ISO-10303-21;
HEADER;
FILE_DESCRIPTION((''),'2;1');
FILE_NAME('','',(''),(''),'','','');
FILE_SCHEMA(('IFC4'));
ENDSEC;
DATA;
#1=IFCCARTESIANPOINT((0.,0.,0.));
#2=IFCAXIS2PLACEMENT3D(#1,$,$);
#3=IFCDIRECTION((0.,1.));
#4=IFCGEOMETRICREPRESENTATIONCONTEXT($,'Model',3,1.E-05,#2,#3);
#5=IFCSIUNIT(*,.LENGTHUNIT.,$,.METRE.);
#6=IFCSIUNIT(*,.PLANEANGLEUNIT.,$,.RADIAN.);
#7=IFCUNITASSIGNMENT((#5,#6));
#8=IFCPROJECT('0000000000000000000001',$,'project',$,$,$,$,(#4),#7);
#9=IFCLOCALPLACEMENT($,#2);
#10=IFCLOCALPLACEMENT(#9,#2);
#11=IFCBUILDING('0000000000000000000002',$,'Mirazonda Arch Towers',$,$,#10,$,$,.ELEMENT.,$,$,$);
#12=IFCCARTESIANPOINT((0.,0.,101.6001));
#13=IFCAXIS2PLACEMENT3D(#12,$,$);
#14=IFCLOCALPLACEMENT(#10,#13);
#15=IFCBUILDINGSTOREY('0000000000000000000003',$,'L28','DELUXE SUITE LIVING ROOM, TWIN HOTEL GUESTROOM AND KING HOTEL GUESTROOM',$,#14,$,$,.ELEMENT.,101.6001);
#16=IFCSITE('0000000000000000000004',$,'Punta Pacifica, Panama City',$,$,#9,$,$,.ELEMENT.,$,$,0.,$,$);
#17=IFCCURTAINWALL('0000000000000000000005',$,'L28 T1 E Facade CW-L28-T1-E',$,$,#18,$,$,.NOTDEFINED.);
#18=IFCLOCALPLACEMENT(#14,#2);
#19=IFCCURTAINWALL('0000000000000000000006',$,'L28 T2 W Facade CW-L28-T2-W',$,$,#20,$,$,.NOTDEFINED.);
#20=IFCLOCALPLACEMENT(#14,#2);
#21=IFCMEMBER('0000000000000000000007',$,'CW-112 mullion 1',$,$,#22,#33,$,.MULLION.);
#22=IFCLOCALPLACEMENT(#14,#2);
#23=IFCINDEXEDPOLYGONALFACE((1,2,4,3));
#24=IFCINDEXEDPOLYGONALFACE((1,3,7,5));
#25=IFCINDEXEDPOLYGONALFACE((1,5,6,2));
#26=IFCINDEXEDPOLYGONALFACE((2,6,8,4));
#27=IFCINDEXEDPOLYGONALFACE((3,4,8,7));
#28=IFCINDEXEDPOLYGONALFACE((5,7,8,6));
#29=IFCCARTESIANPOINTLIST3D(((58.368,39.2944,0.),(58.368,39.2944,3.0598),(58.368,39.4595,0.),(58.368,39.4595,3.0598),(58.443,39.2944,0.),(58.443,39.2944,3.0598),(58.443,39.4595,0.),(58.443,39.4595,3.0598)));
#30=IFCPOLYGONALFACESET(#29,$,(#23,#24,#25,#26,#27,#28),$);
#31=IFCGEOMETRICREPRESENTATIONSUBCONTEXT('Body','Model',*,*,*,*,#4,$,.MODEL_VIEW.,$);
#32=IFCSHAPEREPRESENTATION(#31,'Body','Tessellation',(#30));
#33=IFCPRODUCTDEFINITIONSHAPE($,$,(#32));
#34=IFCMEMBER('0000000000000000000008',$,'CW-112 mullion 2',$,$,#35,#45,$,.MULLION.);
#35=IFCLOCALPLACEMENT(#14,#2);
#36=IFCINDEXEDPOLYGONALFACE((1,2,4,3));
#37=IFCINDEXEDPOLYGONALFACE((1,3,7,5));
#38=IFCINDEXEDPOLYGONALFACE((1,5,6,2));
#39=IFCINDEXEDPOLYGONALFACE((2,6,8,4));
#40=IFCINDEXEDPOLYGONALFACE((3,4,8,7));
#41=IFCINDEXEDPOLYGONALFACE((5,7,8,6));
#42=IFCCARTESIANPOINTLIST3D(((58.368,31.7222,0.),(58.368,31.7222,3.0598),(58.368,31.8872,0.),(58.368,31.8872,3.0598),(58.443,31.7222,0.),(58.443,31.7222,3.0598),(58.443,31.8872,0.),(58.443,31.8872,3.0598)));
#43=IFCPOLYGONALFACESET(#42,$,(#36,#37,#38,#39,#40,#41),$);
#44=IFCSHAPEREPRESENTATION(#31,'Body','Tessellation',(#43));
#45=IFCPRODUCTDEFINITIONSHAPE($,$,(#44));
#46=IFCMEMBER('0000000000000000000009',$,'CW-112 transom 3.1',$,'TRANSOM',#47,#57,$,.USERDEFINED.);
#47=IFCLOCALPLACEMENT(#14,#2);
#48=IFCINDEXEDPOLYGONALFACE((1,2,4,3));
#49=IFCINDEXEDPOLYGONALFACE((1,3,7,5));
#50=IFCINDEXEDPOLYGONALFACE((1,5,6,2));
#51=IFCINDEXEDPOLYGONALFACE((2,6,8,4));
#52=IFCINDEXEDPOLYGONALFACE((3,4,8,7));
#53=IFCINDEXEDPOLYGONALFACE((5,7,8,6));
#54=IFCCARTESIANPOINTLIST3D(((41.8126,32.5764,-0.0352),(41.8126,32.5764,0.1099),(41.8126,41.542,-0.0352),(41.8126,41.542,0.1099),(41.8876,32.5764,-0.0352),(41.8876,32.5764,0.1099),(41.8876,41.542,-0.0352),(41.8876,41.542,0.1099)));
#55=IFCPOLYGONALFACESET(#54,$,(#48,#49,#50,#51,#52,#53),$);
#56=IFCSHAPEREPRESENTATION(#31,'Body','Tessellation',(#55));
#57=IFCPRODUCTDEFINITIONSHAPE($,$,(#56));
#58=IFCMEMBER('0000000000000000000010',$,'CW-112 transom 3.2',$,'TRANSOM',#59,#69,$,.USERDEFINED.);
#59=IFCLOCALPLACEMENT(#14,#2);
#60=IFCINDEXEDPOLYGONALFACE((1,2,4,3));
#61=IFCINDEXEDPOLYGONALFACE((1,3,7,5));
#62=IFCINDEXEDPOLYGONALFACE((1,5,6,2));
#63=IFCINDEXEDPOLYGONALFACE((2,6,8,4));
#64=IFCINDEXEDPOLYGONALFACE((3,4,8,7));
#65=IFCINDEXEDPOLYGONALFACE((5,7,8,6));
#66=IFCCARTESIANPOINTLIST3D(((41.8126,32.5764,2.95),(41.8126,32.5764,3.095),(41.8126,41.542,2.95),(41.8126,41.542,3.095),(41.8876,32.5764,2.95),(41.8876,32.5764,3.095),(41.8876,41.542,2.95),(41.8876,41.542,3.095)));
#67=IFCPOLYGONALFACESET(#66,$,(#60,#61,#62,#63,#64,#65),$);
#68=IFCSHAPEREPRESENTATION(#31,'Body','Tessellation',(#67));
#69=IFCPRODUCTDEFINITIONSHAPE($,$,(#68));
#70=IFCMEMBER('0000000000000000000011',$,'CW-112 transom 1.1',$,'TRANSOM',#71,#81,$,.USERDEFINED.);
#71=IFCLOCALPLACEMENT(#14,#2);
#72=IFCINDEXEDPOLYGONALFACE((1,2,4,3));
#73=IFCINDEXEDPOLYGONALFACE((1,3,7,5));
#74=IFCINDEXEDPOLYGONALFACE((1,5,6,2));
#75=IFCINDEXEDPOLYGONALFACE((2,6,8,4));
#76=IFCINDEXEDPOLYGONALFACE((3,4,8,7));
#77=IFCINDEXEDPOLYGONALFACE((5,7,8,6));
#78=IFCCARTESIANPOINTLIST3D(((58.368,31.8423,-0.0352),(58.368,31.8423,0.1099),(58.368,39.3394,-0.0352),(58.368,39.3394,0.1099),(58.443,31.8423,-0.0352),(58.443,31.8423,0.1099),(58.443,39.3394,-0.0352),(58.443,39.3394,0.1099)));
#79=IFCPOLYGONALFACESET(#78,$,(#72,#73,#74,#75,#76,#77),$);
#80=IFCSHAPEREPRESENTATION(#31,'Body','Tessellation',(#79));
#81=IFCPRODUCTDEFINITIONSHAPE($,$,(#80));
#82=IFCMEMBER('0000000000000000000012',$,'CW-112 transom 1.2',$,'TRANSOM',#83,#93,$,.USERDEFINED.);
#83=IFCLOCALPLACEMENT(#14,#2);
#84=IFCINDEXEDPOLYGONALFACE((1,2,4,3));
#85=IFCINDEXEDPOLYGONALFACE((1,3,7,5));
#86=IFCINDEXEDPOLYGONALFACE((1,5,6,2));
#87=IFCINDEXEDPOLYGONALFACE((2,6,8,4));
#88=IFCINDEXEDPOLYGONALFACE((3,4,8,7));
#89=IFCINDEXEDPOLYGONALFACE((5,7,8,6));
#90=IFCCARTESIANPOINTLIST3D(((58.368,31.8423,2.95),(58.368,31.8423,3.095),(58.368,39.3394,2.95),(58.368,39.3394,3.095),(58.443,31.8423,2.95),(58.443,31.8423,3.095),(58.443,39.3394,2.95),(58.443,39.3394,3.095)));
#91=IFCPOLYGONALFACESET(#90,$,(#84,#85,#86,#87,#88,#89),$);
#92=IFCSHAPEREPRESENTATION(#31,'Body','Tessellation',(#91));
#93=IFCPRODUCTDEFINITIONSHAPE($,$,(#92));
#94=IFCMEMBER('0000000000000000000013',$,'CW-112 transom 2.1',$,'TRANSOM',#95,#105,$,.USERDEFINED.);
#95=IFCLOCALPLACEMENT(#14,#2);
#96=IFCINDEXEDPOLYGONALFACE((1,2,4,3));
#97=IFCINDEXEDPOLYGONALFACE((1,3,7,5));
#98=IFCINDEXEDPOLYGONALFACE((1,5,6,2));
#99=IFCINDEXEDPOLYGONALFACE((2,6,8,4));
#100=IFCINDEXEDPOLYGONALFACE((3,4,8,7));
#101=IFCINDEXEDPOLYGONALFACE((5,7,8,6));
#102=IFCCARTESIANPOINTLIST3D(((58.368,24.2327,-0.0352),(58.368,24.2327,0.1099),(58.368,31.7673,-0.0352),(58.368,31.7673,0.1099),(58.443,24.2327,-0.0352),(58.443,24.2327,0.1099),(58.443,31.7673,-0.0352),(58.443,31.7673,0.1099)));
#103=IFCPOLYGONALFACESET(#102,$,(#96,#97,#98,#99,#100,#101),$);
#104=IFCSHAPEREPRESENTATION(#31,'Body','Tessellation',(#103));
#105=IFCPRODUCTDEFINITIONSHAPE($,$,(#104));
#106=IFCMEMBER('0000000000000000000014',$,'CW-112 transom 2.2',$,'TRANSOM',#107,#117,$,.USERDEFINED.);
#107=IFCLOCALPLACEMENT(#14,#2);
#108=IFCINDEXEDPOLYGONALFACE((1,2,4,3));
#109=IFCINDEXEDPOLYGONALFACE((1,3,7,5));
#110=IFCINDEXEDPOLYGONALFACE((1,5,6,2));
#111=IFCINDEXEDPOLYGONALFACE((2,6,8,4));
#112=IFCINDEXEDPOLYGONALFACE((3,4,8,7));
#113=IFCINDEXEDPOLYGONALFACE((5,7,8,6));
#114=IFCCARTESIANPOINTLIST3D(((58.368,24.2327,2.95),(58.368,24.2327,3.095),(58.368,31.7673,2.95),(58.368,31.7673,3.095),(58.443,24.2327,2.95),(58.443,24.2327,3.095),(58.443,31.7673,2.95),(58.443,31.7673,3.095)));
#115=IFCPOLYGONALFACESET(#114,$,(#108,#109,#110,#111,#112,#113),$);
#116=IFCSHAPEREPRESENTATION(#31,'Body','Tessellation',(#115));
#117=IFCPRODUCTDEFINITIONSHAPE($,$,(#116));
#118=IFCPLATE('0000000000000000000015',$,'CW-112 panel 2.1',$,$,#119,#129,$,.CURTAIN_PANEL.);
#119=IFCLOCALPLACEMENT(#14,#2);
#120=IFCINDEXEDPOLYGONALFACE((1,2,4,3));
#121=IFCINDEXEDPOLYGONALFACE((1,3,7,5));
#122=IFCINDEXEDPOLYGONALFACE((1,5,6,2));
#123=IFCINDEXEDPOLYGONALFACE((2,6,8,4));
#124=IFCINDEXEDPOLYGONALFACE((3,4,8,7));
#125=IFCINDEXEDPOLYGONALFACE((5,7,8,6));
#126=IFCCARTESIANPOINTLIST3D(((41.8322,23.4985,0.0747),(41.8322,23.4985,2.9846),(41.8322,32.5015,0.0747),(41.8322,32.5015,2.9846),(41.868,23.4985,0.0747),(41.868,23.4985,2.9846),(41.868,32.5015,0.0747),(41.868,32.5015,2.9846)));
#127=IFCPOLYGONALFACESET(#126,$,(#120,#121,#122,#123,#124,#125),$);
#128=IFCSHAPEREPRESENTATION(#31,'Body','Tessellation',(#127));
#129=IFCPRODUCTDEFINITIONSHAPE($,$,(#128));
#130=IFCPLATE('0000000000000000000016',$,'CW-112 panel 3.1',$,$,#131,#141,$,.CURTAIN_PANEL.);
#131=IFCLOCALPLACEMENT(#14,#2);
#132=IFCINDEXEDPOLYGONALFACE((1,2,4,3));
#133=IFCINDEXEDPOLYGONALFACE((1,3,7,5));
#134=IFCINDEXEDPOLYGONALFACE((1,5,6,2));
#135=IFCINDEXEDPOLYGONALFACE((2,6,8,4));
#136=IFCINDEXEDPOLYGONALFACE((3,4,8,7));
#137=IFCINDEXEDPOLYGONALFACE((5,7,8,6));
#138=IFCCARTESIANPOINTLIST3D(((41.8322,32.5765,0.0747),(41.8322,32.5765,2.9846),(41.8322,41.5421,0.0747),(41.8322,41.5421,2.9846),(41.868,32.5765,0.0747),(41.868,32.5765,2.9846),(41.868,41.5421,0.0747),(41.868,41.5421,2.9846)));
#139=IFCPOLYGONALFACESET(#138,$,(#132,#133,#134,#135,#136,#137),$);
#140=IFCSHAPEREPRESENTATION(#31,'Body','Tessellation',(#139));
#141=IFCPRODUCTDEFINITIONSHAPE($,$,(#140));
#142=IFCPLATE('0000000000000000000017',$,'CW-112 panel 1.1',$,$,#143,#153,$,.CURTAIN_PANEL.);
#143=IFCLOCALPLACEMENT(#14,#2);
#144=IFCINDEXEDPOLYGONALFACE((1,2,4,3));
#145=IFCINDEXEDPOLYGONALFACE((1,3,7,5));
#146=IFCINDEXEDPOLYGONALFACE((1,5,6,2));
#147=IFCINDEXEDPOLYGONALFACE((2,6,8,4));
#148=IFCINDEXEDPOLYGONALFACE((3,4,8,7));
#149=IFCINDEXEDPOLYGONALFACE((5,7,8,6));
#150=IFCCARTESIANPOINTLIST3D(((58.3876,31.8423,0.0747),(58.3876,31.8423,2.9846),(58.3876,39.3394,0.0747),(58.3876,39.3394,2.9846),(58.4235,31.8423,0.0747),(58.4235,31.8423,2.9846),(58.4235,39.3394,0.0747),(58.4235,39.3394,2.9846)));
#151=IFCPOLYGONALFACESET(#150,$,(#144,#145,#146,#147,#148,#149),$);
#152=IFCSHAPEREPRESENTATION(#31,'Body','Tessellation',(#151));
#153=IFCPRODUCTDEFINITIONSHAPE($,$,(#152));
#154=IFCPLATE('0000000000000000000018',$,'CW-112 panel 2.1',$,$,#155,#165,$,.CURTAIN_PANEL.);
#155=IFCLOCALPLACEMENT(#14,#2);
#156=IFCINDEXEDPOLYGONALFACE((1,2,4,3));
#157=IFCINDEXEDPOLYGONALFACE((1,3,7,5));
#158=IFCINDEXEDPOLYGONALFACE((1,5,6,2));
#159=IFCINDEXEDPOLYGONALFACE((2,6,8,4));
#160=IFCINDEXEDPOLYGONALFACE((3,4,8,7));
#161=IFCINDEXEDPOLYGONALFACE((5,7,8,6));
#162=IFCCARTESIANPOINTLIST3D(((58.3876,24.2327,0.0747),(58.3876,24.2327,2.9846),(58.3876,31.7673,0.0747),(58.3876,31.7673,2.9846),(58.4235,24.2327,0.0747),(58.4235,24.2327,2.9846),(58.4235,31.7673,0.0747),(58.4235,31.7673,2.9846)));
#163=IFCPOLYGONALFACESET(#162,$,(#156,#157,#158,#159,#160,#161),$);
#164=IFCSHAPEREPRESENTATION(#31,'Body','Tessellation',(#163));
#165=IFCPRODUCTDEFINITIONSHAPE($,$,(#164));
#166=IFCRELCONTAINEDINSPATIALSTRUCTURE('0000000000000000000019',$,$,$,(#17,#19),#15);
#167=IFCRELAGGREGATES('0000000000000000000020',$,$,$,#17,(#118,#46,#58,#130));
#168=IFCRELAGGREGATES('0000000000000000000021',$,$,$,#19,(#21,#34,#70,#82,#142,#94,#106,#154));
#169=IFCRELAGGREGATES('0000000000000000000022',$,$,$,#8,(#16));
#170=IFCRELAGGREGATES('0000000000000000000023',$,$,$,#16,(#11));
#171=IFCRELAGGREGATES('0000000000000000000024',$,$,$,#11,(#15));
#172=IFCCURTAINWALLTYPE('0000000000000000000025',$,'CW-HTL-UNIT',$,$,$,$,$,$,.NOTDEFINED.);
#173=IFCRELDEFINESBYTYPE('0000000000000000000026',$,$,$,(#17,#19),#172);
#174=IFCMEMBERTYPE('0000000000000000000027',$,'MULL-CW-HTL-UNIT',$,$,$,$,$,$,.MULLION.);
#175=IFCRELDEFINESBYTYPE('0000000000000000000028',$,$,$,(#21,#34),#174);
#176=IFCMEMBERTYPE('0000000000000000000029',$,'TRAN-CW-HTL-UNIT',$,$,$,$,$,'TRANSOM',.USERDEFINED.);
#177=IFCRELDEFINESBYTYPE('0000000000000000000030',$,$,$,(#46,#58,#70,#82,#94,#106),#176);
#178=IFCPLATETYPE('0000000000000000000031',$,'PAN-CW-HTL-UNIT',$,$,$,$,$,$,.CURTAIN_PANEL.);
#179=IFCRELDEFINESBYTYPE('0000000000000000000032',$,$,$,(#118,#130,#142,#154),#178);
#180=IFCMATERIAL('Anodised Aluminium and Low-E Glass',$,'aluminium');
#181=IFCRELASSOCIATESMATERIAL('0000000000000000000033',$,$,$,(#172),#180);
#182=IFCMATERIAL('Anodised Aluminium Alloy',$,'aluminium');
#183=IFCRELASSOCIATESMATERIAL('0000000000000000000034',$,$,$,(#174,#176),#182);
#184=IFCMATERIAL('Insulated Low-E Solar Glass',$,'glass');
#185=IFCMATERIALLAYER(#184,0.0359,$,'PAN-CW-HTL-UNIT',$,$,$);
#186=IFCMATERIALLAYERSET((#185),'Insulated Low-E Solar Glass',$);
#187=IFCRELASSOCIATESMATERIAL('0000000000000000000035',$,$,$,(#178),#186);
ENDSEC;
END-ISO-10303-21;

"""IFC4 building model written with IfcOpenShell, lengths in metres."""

from ifc_helpers import new_model, si_unit, direction, frame, origin, origin_2d, place, context, subcontext, project, spatial, rectangle, extrude, material, layer, layer_set, material_profile, profile_set, type_object, element, aggregate, save


model = new_model("IFC4")

# Units and contexts
model_context = context("Model", 3, precision=1e-05, world=origin(), true_north=direction((0.0, 1.0)))
body_context = subcontext(model_context, "Body", "Model", "MODEL_VIEW")
ifc_project = project(units=[si_unit("LENGTHUNIT", "METRE"), si_unit("PLANEANGLEUNIT", "RADIAN")], contexts=[model_context])

# Site, building, storey
site_placement = place(None, origin())
site = spatial("IfcSite", under=ifc_project, at=site_placement, Name="Punta Pacifica, Panama City", CompositionType="ELEMENT", RefElevation=0.0)
building_placement = place(site_placement, origin())
building = spatial("IfcBuilding", under=site, at=building_placement, Name="Mirazonda Arch Towers", CompositionType="ELEMENT")
storey_placement = place(building_placement, frame((0.0, 0.0, 101.6001)))
storey = spatial("IfcBuildingStorey", under=building, at=storey_placement, Name="L28", Description="DELUXE SUITE LIVING ROOM, TWIN HOTEL GUESTROOM AND KING HOTEL GUESTROOM", CompositionType="ELEMENT", Elevation=101.6001)

# Curtain wall
ifc_material_1 = material(Name="Anodised Aluminium and Low-E Glass", Category="aluminium")
curtain_wall_type = type_object("IfcCurtainWallType", Name="CW-HTL-UNIT", PredefinedType="NOTDEFINED", material=ifc_material_1)
curtain_wall_1_placement = place(storey_placement, origin())
curtain_wall_1 = element("IfcCurtainWall", 1, at=curtain_wall_1_placement, inside=storey, type_object=curtain_wall_type, Name="L28 T1 E Facade CW-L28-T1-E", PredefinedType="NOTDEFINED")
ifc_material_2 = material(Name="Anodised Aluminium Alloy", Category="aluminium")
ifc_material_profile_1 = material_profile(ifc_material_2, rectangle(XDim=0.075, YDim=0.165, at=origin_2d()), Name="ALU-MULL-75x165")
ifc_profile_set_1 = profile_set([ifc_material_profile_1], Name="Anodised Aluminium Alloy")
member_type_1 = type_object("IfcMemberType", Name="MULL-CW-HTL-UNIT", PredefinedType="MULLION", material=ifc_profile_set_1)

# Curtain wall, members
curtain_wall_2_placement = place(storey_placement, origin())
curtain_wall_2 = element("IfcCurtainWall", 2, at=curtain_wall_2_placement, inside=storey, type_object=curtain_wall_type, Name="L28 T2 W Facade CW-L28-T2-W", PredefinedType="NOTDEFINED")
member_1_placement = place(storey_placement, frame((58.4055, 39.377, 0.0), z_axis=(0.0, 0.0, 1.0), x_axis=(1.0, 0.0, 0.0)))
member_1 = element("IfcMember", 3, at=member_1_placement, type_object=member_type_1, Name="CW-112 mullion 1", PredefinedType="MULLION", context=body_context, shape_type="SweptSolid", body=[
    extrude(rectangle(XDim=0.075, YDim=0.165, at=origin_2d()), origin(), (0.0, 0.0, 1.0), 3.0598),
])
member_2_placement = place(storey_placement, frame((58.4055, 31.8047, 0.0), z_axis=(0.0, 0.0, 1.0), x_axis=(1.0, 0.0, 0.0)))
member_2 = element("IfcMember", 4, at=member_2_placement, type_object=member_type_1, Name="CW-112 mullion 2", PredefinedType="MULLION", context=body_context, shape_type="SweptSolid", body=[
    extrude(rectangle(XDim=0.075, YDim=0.165, at=origin_2d()), origin(), (0.0, 0.0, 1.0), 3.0598),
])

# Members
ifc_material_profile_2 = material_profile(ifc_material_2, rectangle(XDim=0.075, YDim=0.145, at=origin_2d()), Name="ALU-TRAN-75x145")
ifc_profile_set_2 = profile_set([ifc_material_profile_2], Name="Anodised Aluminium Alloy")
member_type_2 = type_object("IfcMemberType", Name="TRAN-CW-HTL-UNIT", ElementType="TRANSOM", PredefinedType="USERDEFINED", material=ifc_profile_set_2)
member_3_placement = place(storey_placement, frame((41.8501, 32.5764, 0.0374), z_axis=(0.0, 1.0, 0.0), x_axis=(-1.0, 0.0, 0.0)))
member_3 = element("IfcMember", 5, at=member_3_placement, type_object=member_type_2, Name="CW-112 transom 3.1", ObjectType="TRANSOM", PredefinedType="USERDEFINED", context=body_context, shape_type="SweptSolid", body=[
    extrude(rectangle(XDim=0.075, YDim=0.145, at=origin_2d()), origin(), (0.0, 0.0, 1.0), 8.9656),
])
member_4_placement = place(storey_placement, frame((41.8501, 32.5764, 3.0225), z_axis=(0.0, 1.0, 0.0), x_axis=(-1.0, 0.0, 0.0)))
member_4 = element("IfcMember", 6, at=member_4_placement, type_object=member_type_2, Name="CW-112 transom 3.2", ObjectType="TRANSOM", PredefinedType="USERDEFINED", context=body_context, shape_type="SweptSolid", body=[
    extrude(rectangle(XDim=0.075, YDim=0.145, at=origin_2d()), origin(), (0.0, 0.0, 1.0), 8.9656),
])
member_5_placement = place(storey_placement, frame((58.4055, 39.3394, 0.0374), z_axis=(0.0, -1.0, 0.0), x_axis=(1.0, 0.0, 0.0)))
member_5 = element("IfcMember", 7, at=member_5_placement, type_object=member_type_2, Name="CW-112 transom 1.1", ObjectType="TRANSOM", PredefinedType="USERDEFINED", context=body_context, shape_type="SweptSolid", body=[
    extrude(rectangle(XDim=0.075, YDim=0.145, at=origin_2d()), origin(), (0.0, 0.0, 1.0), 7.4971),
])
member_6_placement = place(storey_placement, frame((58.4055, 39.3394, 3.0225), z_axis=(0.0, -1.0, 0.0), x_axis=(1.0, 0.0, 0.0)))
member_6 = element("IfcMember", 8, at=member_6_placement, type_object=member_type_2, Name="CW-112 transom 1.2", ObjectType="TRANSOM", PredefinedType="USERDEFINED", context=body_context, shape_type="SweptSolid", body=[
    extrude(rectangle(XDim=0.075, YDim=0.145, at=origin_2d()), origin(), (0.0, 0.0, 1.0), 7.4971),
])
member_7_placement = place(storey_placement, frame((58.4055, 31.7673, 0.0374), z_axis=(0.0, -1.0, 0.0), x_axis=(1.0, 0.0, 0.0)))
member_7 = element("IfcMember", 9, at=member_7_placement, type_object=member_type_2, Name="CW-112 transom 2.1", ObjectType="TRANSOM", PredefinedType="USERDEFINED", context=body_context, shape_type="SweptSolid", body=[
    extrude(rectangle(XDim=0.075, YDim=0.145, at=origin_2d()), origin(), (0.0, 0.0, 1.0), 7.5347),
])
member_8_placement = place(storey_placement, frame((58.4055, 31.7673, 3.0225), z_axis=(0.0, -1.0, 0.0), x_axis=(1.0, 0.0, 0.0)))
member_8 = element("IfcMember", 10, at=member_8_placement, type_object=member_type_2, Name="CW-112 transom 2.2", ObjectType="TRANSOM", PredefinedType="USERDEFINED", context=body_context, shape_type="SweptSolid", body=[
    extrude(rectangle(XDim=0.075, YDim=0.145, at=origin_2d()), origin(), (0.0, 0.0, 1.0), 7.5347),
])

# Plates
ifc_material_3 = material(Name="Insulated Low-E Solar Glass", Category="glass")
ifc_layer_1 = layer(ifc_material_3, 0.0359, Name="PAN-CW-HTL-UNIT")
ifc_layer_set_1 = layer_set([ifc_layer_1], Name="Insulated Low-E Solar Glass")
plate_type = type_object("IfcPlateType", Name="PAN-CW-HTL-UNIT", PredefinedType="CURTAIN_PANEL", material=ifc_layer_set_1)
plate_1_placement = place(storey_placement, frame((41.8501, 28.0, 0.0747), z_axis=(0.0, 0.0, 1.0), x_axis=(0.0, 1.0, 0.0)))
plate_1 = element("IfcPlate", 11, at=plate_1_placement, type_object=plate_type, Name="CW-112 panel 2.1", PredefinedType="CURTAIN_PANEL", context=body_context, shape_type="SweptSolid", body=[
    extrude(rectangle(XDim=9.0029, YDim=0.0359, at=origin_2d()), origin(), (0.0, 0.0, 1.0), 2.9099),
])
plate_2_placement = place(storey_placement, frame((41.8501, 37.0593, 0.0747), z_axis=(0.0, 0.0, 1.0), x_axis=(0.0, 1.0, 0.0)))
plate_2 = element("IfcPlate", 12, at=plate_2_placement, type_object=plate_type, Name="CW-112 panel 3.1", PredefinedType="CURTAIN_PANEL", context=body_context, shape_type="SweptSolid", body=[
    extrude(rectangle(XDim=8.9656, YDim=0.0359, at=origin_2d()), origin(), (0.0, 0.0, 1.0), 2.9099),
])
aggregate(curtain_wall_1, [plate_1, member_3, member_4, plate_2])
plate_3_placement = place(storey_placement, frame((58.4055, 35.5908, 0.0747), z_axis=(0.0, 0.0, 1.0), x_axis=(0.0, -1.0, 0.0)))
plate_3 = element("IfcPlate", 13, at=plate_3_placement, type_object=plate_type, Name="CW-112 panel 1.1", PredefinedType="CURTAIN_PANEL", context=body_context, shape_type="SweptSolid", body=[
    extrude(rectangle(XDim=7.4971, YDim=0.0359, at=origin_2d()), origin(), (0.0, 0.0, 1.0), 2.9099),
])
plate_4_placement = place(storey_placement, frame((58.4055, 28.0, 0.0747), z_axis=(0.0, 0.0, 1.0), x_axis=(0.0, -1.0, 0.0)))
plate_4 = element("IfcPlate", 14, at=plate_4_placement, type_object=plate_type, Name="CW-112 panel 2.1", PredefinedType="CURTAIN_PANEL", context=body_context, shape_type="SweptSolid", body=[
    extrude(rectangle(XDim=7.5347, YDim=0.0359, at=origin_2d()), origin(), (0.0, 0.0, 1.0), 2.9099),
])
aggregate(curtain_wall_2, [member_1, member_2, member_5, member_6, plate_3, member_7, member_8, plate_4])

save(model, "model.ifc")
